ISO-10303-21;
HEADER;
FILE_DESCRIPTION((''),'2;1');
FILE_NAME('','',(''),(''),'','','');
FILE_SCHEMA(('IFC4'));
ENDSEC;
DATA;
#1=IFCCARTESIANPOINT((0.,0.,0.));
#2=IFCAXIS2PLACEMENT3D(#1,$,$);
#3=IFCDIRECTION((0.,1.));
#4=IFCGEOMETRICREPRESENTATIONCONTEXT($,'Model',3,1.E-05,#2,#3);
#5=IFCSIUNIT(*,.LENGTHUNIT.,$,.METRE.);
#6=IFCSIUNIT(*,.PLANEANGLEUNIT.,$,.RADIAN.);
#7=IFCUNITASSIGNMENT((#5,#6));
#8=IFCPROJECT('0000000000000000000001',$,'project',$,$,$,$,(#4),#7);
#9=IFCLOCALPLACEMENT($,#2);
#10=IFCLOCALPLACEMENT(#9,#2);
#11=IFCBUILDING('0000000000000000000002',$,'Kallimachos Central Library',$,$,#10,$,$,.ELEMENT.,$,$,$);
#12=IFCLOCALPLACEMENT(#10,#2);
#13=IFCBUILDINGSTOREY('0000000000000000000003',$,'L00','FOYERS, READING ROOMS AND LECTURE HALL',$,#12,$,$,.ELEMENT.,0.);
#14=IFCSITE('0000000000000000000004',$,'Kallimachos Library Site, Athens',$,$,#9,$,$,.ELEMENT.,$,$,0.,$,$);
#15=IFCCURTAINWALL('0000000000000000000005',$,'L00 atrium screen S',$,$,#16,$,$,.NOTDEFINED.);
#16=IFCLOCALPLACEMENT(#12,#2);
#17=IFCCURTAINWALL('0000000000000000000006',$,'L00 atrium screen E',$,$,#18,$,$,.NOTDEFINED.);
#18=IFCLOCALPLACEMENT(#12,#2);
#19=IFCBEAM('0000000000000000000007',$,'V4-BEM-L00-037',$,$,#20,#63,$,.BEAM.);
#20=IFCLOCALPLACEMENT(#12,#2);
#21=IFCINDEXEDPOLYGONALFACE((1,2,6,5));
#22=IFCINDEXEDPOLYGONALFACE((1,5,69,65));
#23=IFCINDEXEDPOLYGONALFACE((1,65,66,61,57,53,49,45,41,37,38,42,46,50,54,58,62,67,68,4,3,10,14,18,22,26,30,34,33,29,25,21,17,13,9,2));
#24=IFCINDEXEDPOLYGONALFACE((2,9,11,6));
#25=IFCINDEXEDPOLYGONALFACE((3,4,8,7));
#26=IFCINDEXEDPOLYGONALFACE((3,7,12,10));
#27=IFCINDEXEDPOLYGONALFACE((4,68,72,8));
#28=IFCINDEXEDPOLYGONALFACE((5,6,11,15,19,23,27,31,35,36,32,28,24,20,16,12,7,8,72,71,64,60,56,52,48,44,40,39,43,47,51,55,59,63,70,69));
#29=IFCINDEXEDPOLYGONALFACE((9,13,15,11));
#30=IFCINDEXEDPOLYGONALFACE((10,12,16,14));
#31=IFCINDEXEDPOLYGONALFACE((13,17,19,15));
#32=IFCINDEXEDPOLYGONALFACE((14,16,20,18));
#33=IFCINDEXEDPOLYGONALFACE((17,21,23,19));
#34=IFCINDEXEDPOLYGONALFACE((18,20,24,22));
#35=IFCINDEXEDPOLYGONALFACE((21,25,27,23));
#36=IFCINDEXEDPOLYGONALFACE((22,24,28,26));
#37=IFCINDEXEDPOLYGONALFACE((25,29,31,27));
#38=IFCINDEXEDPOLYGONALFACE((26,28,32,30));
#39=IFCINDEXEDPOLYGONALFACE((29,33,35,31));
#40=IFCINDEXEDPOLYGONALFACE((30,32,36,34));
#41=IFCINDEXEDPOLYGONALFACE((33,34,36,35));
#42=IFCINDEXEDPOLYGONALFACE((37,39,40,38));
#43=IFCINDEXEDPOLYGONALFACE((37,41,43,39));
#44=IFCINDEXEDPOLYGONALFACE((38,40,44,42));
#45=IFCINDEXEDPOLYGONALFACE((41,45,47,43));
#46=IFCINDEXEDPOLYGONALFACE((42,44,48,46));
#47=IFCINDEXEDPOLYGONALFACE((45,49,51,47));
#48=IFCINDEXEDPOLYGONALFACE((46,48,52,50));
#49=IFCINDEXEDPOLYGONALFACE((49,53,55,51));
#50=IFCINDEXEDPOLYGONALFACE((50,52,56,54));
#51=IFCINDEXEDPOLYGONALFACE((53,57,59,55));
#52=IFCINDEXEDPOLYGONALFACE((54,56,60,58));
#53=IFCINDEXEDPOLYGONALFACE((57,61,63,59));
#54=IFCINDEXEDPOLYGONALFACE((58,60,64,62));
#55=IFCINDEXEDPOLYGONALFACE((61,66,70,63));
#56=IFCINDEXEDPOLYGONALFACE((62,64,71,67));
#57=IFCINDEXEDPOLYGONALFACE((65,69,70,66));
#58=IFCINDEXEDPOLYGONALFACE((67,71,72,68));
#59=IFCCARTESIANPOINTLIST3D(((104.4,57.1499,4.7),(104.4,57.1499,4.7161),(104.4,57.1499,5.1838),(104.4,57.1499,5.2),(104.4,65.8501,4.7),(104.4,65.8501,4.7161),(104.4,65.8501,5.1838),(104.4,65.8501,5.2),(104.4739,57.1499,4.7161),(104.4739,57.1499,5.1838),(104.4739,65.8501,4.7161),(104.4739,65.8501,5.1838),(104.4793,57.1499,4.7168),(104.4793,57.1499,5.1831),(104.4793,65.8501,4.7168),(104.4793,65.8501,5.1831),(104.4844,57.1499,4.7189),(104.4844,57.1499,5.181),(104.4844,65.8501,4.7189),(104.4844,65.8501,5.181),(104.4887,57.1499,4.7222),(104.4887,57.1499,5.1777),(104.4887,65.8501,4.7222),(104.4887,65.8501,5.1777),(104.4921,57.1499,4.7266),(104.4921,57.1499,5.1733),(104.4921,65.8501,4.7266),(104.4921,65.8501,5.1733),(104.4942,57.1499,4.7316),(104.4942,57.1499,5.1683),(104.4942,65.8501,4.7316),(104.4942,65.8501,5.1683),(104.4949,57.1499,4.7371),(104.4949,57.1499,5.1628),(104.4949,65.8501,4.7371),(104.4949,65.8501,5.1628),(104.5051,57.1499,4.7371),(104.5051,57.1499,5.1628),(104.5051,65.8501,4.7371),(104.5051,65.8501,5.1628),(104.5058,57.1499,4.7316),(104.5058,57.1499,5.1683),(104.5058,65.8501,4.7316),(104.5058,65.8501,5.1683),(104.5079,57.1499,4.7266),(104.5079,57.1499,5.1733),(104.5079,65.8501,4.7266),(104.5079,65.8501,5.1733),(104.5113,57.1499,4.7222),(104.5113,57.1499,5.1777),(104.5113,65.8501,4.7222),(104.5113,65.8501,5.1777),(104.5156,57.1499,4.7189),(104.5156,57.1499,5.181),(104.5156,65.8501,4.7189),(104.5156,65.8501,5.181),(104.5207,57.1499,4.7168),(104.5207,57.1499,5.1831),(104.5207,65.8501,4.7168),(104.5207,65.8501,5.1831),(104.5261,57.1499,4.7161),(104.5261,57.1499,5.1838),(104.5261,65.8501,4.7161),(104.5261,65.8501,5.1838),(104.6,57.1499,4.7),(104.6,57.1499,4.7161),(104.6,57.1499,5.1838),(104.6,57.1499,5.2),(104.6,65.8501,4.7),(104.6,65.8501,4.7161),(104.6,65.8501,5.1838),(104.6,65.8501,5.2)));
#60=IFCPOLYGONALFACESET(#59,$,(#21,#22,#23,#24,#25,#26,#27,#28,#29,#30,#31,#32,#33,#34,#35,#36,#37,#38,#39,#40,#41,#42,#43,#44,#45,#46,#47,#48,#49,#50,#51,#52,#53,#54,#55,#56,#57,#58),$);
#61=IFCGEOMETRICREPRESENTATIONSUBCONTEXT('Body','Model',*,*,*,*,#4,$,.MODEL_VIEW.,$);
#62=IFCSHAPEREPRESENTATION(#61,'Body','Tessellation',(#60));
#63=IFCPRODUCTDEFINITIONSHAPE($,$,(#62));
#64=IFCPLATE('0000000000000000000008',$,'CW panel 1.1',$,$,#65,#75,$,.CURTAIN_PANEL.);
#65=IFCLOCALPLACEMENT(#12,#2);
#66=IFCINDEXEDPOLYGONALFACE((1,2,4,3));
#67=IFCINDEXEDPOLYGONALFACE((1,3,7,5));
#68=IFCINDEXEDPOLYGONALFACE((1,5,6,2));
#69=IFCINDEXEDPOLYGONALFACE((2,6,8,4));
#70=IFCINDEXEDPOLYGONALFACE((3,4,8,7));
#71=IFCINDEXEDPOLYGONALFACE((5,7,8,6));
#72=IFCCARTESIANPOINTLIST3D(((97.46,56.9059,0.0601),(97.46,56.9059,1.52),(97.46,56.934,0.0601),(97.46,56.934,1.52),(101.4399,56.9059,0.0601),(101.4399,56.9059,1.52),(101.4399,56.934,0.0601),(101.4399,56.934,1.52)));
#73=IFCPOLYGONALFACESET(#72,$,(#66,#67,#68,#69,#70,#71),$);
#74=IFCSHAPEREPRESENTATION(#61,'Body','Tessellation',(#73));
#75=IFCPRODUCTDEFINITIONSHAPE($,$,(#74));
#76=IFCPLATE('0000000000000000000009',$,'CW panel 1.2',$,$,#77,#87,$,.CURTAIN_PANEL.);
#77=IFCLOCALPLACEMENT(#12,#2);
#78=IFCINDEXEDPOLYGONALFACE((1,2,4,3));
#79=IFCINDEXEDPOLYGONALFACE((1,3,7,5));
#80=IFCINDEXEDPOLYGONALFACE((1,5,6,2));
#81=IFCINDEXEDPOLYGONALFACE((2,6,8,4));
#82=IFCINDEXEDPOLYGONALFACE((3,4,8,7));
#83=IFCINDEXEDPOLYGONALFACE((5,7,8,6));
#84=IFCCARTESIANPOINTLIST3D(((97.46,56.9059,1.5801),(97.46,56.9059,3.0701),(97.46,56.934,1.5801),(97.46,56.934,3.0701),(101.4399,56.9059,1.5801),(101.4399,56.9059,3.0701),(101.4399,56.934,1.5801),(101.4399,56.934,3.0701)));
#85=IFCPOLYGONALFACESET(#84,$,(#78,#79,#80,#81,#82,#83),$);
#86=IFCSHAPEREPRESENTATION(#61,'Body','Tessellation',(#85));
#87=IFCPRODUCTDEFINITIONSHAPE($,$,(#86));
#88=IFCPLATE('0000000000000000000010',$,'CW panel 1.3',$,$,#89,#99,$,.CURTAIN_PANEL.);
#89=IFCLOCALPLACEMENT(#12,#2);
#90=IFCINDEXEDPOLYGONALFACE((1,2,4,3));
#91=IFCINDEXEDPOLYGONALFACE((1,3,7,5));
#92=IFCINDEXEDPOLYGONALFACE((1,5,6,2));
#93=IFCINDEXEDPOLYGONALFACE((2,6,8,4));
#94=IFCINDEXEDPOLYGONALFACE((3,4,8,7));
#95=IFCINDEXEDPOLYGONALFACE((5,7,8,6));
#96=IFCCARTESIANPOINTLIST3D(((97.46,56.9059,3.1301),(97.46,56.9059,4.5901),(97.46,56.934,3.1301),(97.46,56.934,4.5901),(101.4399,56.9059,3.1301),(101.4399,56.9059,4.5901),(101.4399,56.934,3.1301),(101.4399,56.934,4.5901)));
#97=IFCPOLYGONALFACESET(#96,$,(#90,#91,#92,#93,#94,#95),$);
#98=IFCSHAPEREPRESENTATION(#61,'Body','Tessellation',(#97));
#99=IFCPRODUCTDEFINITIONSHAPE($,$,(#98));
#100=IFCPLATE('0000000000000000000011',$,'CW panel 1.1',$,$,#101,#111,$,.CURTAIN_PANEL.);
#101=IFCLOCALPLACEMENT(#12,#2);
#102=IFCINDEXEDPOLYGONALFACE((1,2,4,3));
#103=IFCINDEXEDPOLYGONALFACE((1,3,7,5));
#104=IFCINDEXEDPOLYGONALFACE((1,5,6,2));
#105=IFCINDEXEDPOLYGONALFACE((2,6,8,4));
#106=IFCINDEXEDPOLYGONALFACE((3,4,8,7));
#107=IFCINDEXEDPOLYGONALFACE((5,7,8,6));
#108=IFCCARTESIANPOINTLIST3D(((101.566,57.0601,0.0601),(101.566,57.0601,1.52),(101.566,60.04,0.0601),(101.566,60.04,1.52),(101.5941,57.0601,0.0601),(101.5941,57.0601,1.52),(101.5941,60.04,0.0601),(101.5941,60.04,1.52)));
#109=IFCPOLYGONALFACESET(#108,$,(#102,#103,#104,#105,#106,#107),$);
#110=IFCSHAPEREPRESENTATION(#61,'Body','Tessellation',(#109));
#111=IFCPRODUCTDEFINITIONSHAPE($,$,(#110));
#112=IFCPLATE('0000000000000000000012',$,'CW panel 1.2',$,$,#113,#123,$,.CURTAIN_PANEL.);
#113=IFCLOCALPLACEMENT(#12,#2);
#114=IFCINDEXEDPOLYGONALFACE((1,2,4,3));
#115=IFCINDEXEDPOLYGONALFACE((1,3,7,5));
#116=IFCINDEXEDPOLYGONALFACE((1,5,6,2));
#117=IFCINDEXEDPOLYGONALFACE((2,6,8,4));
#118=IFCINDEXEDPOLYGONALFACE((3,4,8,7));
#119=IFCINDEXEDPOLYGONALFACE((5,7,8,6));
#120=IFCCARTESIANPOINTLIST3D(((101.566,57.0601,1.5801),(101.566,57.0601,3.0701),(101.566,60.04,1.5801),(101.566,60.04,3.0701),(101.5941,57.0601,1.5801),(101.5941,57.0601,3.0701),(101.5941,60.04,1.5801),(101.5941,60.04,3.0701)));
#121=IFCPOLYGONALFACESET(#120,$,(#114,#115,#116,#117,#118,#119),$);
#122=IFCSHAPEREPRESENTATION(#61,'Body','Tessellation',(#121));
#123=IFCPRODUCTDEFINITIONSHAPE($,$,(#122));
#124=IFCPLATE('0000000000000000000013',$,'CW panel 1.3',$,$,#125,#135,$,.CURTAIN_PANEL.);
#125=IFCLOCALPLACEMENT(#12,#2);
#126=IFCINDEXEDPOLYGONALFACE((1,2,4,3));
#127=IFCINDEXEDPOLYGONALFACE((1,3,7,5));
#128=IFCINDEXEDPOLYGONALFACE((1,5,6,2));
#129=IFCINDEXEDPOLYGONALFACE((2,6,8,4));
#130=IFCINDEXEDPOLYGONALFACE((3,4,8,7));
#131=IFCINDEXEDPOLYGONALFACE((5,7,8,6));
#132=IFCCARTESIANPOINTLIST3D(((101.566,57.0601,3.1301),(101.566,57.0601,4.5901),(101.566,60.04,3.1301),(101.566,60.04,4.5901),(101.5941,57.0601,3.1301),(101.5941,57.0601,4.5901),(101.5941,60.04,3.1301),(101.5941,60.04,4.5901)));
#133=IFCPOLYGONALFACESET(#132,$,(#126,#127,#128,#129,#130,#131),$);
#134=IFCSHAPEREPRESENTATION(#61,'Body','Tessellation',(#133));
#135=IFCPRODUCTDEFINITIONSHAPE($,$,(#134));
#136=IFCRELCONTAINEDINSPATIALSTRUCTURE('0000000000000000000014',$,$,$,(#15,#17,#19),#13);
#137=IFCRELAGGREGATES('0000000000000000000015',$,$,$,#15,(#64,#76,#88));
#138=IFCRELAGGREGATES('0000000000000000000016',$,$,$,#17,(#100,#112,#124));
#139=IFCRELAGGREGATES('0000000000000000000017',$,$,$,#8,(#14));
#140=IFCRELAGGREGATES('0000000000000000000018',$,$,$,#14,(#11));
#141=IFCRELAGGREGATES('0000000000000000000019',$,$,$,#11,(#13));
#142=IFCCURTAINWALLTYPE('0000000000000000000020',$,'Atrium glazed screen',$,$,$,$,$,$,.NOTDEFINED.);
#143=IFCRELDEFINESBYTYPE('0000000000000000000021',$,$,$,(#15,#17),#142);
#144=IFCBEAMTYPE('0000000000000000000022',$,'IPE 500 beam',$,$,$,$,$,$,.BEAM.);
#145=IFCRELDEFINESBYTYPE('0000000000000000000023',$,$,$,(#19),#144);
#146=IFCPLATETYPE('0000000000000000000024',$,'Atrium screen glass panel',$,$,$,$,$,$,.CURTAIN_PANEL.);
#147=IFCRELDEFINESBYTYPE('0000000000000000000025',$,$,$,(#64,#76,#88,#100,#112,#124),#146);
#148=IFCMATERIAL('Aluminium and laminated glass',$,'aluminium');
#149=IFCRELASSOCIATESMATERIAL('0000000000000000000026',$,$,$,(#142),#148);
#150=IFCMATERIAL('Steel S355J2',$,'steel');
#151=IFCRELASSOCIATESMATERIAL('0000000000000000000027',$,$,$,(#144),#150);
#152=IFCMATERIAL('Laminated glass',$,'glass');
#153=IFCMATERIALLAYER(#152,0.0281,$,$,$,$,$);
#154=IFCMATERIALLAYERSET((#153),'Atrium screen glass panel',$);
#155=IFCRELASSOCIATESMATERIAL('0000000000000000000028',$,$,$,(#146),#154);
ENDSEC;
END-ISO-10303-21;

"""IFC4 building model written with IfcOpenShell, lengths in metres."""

from ifc_helpers import new_model, si_unit, direction, frame, origin, origin_2d, place, context, subcontext, project, spatial, rectangle, i_section, extrude, material, layer, layer_set, material_profile, profile_set, type_object, element, aggregate, save


model = new_model("IFC4")

# Units and contexts
model_context = context("Model", 3, precision=1e-05, world=origin(), true_north=direction((0.0, 1.0)))
body_context = subcontext(model_context, "Body", "Model", "MODEL_VIEW")
ifc_project = project(units=[si_unit("LENGTHUNIT", "METRE"), si_unit("PLANEANGLEUNIT", "RADIAN")], contexts=[model_context])

# Site, building, storey
site_placement = place(None, origin())
site = spatial("IfcSite", under=ifc_project, at=site_placement, Name="Kallimachos Library Site, Athens", CompositionType="ELEMENT", RefElevation=0.0)
building_placement = place(site_placement, origin())
building = spatial("IfcBuilding", under=site, at=building_placement, Name="Kallimachos Central Library", CompositionType="ELEMENT")
storey_placement = place(building_placement, origin())
storey = spatial("IfcBuildingStorey", under=building, at=storey_placement, Name="L00", Description="FOYERS, READING ROOMS AND LECTURE HALL", CompositionType="ELEMENT", Elevation=0.0)

# Curtain walls
ifc_material_1 = material(Name="Aluminium and laminated glass", Category="aluminium")
curtain_wall_type = type_object("IfcCurtainWallType", Name="Atrium glazed screen", PredefinedType="NOTDEFINED", material=ifc_material_1)
curtain_wall_1_placement = place(storey_placement, origin())
curtain_wall_1 = element("IfcCurtainWall", 1, at=curtain_wall_1_placement, inside=storey, type_object=curtain_wall_type, Name="L00 atrium screen S", PredefinedType="NOTDEFINED")
curtain_wall_2_placement = place(storey_placement, origin())
curtain_wall_2 = element("IfcCurtainWall", 2, at=curtain_wall_2_placement, inside=storey, type_object=curtain_wall_type, Name="L00 atrium screen E", PredefinedType="NOTDEFINED")

# Beam
ifc_material_2 = material(Name="Steel S355J2", Category="steel")
ifc_material_profile_1 = material_profile(ifc_material_2, i_section(OverallWidth=0.2, OverallDepth=0.5, WebThickness=0.0103, FlangeThickness=0.0161, FilletRadius=0.021, at=origin_2d()), Name="IPE 500")
ifc_profile_set_1 = profile_set([ifc_material_profile_1], Name="Steel S355J2")
beam_type_1 = type_object("IfcBeamType", Name="IPE 500 beam", PredefinedType="BEAM", material=ifc_profile_set_1)
beam_placement = place(storey_placement, frame((104.5, 57.1499, 4.95), z_axis=(0.0, 1.0, 0.0), x_axis=(-1.0, 0.0, 0.0)))
element("IfcBeam", 3, at=beam_placement, inside=storey, type_object=beam_type_1, Name="V4-BEM-L00-037", PredefinedType="BEAM", context=body_context, shape_type="SweptSolid", body=[
    extrude(i_section(OverallWidth=0.2, OverallDepth=0.5, WebThickness=0.0103, FlangeThickness=0.0161, FilletRadius=0.021, at=origin_2d()), origin(), (0.0, 0.0, 1.0), 8.7002),
])

# Plates
ifc_material_3 = material(Name="Laminated glass", Category="glass")
ifc_layer = layer(ifc_material_3, 0.0281)
ifc_layer_set = layer_set([ifc_layer], Name="Atrium screen glass panel")
plate_type = type_object("IfcPlateType", Name="Atrium screen glass panel", PredefinedType="CURTAIN_PANEL", material=ifc_layer_set)
plate_1_placement = place(storey_placement, frame((99.45, 56.9199, 0.0601), z_axis=(0.0, 0.0, 1.0), x_axis=(1.0, 0.0, 0.0)))
plate_1 = element("IfcPlate", 4, at=plate_1_placement, type_object=plate_type, Name="CW panel 1.1", PredefinedType="CURTAIN_PANEL", context=body_context, shape_type="SweptSolid", body=[
    extrude(rectangle(XDim=3.98, YDim=0.0281, at=origin_2d()), origin(), (0.0, 0.0, 1.0), 1.46),
])
plate_2_placement = place(storey_placement, frame((99.45, 56.9199, 1.5801), z_axis=(0.0, 0.0, 1.0), x_axis=(1.0, 0.0, 0.0)))
plate_2 = element("IfcPlate", 5, at=plate_2_placement, type_object=plate_type, Name="CW panel 1.2", PredefinedType="CURTAIN_PANEL", context=body_context, shape_type="SweptSolid", body=[
    extrude(rectangle(XDim=3.98, YDim=0.0281, at=origin_2d()), origin(), (0.0, 0.0, 1.0), 1.49),
])
plate_3_placement = place(storey_placement, frame((99.45, 56.9199, 3.1301), z_axis=(0.0, 0.0, 1.0), x_axis=(1.0, 0.0, 0.0)))
plate_3 = element("IfcPlate", 6, at=plate_3_placement, type_object=plate_type, Name="CW panel 1.3", PredefinedType="CURTAIN_PANEL", context=body_context, shape_type="SweptSolid", body=[
    extrude(rectangle(XDim=3.98, YDim=0.0281, at=origin_2d()), origin(), (0.0, 0.0, 1.0), 1.46),
])
aggregate(curtain_wall_1, [plate_1, plate_2, plate_3])
plate_4_placement = place(storey_placement, frame((101.5801, 58.55, 0.0601), z_axis=(0.0, 0.0, 1.0), x_axis=(0.0, 1.0, 0.0)))
plate_4 = element("IfcPlate", 7, at=plate_4_placement, type_object=plate_type, Name="CW panel 1.1", PredefinedType="CURTAIN_PANEL", context=body_context, shape_type="SweptSolid", body=[
    extrude(rectangle(XDim=2.98, YDim=0.0281, at=origin_2d()), origin(), (0.0, 0.0, 1.0), 1.46),
])
plate_5_placement = place(storey_placement, frame((101.5801, 58.55, 1.5801), z_axis=(0.0, 0.0, 1.0), x_axis=(0.0, 1.0, 0.0)))
plate_5 = element("IfcPlate", 8, at=plate_5_placement, type_object=plate_type, Name="CW panel 1.2", PredefinedType="CURTAIN_PANEL", context=body_context, shape_type="SweptSolid", body=[
    extrude(rectangle(XDim=2.98, YDim=0.0281, at=origin_2d()), origin(), (0.0, 0.0, 1.0), 1.49),
])
plate_6_placement = place(storey_placement, frame((101.5801, 58.55, 3.1301), z_axis=(0.0, 0.0, 1.0), x_axis=(0.0, 1.0, 0.0)))
plate_6 = element("IfcPlate", 9, at=plate_6_placement, type_object=plate_type, Name="CW panel 1.3", PredefinedType="CURTAIN_PANEL", context=body_context, shape_type="SweptSolid", body=[
    extrude(rectangle(XDim=2.98, YDim=0.0281, at=origin_2d()), origin(), (0.0, 0.0, 1.0), 1.46),
])
aggregate(curtain_wall_2, [plate_4, plate_5, plate_6])

save(model, "model.ifc")
